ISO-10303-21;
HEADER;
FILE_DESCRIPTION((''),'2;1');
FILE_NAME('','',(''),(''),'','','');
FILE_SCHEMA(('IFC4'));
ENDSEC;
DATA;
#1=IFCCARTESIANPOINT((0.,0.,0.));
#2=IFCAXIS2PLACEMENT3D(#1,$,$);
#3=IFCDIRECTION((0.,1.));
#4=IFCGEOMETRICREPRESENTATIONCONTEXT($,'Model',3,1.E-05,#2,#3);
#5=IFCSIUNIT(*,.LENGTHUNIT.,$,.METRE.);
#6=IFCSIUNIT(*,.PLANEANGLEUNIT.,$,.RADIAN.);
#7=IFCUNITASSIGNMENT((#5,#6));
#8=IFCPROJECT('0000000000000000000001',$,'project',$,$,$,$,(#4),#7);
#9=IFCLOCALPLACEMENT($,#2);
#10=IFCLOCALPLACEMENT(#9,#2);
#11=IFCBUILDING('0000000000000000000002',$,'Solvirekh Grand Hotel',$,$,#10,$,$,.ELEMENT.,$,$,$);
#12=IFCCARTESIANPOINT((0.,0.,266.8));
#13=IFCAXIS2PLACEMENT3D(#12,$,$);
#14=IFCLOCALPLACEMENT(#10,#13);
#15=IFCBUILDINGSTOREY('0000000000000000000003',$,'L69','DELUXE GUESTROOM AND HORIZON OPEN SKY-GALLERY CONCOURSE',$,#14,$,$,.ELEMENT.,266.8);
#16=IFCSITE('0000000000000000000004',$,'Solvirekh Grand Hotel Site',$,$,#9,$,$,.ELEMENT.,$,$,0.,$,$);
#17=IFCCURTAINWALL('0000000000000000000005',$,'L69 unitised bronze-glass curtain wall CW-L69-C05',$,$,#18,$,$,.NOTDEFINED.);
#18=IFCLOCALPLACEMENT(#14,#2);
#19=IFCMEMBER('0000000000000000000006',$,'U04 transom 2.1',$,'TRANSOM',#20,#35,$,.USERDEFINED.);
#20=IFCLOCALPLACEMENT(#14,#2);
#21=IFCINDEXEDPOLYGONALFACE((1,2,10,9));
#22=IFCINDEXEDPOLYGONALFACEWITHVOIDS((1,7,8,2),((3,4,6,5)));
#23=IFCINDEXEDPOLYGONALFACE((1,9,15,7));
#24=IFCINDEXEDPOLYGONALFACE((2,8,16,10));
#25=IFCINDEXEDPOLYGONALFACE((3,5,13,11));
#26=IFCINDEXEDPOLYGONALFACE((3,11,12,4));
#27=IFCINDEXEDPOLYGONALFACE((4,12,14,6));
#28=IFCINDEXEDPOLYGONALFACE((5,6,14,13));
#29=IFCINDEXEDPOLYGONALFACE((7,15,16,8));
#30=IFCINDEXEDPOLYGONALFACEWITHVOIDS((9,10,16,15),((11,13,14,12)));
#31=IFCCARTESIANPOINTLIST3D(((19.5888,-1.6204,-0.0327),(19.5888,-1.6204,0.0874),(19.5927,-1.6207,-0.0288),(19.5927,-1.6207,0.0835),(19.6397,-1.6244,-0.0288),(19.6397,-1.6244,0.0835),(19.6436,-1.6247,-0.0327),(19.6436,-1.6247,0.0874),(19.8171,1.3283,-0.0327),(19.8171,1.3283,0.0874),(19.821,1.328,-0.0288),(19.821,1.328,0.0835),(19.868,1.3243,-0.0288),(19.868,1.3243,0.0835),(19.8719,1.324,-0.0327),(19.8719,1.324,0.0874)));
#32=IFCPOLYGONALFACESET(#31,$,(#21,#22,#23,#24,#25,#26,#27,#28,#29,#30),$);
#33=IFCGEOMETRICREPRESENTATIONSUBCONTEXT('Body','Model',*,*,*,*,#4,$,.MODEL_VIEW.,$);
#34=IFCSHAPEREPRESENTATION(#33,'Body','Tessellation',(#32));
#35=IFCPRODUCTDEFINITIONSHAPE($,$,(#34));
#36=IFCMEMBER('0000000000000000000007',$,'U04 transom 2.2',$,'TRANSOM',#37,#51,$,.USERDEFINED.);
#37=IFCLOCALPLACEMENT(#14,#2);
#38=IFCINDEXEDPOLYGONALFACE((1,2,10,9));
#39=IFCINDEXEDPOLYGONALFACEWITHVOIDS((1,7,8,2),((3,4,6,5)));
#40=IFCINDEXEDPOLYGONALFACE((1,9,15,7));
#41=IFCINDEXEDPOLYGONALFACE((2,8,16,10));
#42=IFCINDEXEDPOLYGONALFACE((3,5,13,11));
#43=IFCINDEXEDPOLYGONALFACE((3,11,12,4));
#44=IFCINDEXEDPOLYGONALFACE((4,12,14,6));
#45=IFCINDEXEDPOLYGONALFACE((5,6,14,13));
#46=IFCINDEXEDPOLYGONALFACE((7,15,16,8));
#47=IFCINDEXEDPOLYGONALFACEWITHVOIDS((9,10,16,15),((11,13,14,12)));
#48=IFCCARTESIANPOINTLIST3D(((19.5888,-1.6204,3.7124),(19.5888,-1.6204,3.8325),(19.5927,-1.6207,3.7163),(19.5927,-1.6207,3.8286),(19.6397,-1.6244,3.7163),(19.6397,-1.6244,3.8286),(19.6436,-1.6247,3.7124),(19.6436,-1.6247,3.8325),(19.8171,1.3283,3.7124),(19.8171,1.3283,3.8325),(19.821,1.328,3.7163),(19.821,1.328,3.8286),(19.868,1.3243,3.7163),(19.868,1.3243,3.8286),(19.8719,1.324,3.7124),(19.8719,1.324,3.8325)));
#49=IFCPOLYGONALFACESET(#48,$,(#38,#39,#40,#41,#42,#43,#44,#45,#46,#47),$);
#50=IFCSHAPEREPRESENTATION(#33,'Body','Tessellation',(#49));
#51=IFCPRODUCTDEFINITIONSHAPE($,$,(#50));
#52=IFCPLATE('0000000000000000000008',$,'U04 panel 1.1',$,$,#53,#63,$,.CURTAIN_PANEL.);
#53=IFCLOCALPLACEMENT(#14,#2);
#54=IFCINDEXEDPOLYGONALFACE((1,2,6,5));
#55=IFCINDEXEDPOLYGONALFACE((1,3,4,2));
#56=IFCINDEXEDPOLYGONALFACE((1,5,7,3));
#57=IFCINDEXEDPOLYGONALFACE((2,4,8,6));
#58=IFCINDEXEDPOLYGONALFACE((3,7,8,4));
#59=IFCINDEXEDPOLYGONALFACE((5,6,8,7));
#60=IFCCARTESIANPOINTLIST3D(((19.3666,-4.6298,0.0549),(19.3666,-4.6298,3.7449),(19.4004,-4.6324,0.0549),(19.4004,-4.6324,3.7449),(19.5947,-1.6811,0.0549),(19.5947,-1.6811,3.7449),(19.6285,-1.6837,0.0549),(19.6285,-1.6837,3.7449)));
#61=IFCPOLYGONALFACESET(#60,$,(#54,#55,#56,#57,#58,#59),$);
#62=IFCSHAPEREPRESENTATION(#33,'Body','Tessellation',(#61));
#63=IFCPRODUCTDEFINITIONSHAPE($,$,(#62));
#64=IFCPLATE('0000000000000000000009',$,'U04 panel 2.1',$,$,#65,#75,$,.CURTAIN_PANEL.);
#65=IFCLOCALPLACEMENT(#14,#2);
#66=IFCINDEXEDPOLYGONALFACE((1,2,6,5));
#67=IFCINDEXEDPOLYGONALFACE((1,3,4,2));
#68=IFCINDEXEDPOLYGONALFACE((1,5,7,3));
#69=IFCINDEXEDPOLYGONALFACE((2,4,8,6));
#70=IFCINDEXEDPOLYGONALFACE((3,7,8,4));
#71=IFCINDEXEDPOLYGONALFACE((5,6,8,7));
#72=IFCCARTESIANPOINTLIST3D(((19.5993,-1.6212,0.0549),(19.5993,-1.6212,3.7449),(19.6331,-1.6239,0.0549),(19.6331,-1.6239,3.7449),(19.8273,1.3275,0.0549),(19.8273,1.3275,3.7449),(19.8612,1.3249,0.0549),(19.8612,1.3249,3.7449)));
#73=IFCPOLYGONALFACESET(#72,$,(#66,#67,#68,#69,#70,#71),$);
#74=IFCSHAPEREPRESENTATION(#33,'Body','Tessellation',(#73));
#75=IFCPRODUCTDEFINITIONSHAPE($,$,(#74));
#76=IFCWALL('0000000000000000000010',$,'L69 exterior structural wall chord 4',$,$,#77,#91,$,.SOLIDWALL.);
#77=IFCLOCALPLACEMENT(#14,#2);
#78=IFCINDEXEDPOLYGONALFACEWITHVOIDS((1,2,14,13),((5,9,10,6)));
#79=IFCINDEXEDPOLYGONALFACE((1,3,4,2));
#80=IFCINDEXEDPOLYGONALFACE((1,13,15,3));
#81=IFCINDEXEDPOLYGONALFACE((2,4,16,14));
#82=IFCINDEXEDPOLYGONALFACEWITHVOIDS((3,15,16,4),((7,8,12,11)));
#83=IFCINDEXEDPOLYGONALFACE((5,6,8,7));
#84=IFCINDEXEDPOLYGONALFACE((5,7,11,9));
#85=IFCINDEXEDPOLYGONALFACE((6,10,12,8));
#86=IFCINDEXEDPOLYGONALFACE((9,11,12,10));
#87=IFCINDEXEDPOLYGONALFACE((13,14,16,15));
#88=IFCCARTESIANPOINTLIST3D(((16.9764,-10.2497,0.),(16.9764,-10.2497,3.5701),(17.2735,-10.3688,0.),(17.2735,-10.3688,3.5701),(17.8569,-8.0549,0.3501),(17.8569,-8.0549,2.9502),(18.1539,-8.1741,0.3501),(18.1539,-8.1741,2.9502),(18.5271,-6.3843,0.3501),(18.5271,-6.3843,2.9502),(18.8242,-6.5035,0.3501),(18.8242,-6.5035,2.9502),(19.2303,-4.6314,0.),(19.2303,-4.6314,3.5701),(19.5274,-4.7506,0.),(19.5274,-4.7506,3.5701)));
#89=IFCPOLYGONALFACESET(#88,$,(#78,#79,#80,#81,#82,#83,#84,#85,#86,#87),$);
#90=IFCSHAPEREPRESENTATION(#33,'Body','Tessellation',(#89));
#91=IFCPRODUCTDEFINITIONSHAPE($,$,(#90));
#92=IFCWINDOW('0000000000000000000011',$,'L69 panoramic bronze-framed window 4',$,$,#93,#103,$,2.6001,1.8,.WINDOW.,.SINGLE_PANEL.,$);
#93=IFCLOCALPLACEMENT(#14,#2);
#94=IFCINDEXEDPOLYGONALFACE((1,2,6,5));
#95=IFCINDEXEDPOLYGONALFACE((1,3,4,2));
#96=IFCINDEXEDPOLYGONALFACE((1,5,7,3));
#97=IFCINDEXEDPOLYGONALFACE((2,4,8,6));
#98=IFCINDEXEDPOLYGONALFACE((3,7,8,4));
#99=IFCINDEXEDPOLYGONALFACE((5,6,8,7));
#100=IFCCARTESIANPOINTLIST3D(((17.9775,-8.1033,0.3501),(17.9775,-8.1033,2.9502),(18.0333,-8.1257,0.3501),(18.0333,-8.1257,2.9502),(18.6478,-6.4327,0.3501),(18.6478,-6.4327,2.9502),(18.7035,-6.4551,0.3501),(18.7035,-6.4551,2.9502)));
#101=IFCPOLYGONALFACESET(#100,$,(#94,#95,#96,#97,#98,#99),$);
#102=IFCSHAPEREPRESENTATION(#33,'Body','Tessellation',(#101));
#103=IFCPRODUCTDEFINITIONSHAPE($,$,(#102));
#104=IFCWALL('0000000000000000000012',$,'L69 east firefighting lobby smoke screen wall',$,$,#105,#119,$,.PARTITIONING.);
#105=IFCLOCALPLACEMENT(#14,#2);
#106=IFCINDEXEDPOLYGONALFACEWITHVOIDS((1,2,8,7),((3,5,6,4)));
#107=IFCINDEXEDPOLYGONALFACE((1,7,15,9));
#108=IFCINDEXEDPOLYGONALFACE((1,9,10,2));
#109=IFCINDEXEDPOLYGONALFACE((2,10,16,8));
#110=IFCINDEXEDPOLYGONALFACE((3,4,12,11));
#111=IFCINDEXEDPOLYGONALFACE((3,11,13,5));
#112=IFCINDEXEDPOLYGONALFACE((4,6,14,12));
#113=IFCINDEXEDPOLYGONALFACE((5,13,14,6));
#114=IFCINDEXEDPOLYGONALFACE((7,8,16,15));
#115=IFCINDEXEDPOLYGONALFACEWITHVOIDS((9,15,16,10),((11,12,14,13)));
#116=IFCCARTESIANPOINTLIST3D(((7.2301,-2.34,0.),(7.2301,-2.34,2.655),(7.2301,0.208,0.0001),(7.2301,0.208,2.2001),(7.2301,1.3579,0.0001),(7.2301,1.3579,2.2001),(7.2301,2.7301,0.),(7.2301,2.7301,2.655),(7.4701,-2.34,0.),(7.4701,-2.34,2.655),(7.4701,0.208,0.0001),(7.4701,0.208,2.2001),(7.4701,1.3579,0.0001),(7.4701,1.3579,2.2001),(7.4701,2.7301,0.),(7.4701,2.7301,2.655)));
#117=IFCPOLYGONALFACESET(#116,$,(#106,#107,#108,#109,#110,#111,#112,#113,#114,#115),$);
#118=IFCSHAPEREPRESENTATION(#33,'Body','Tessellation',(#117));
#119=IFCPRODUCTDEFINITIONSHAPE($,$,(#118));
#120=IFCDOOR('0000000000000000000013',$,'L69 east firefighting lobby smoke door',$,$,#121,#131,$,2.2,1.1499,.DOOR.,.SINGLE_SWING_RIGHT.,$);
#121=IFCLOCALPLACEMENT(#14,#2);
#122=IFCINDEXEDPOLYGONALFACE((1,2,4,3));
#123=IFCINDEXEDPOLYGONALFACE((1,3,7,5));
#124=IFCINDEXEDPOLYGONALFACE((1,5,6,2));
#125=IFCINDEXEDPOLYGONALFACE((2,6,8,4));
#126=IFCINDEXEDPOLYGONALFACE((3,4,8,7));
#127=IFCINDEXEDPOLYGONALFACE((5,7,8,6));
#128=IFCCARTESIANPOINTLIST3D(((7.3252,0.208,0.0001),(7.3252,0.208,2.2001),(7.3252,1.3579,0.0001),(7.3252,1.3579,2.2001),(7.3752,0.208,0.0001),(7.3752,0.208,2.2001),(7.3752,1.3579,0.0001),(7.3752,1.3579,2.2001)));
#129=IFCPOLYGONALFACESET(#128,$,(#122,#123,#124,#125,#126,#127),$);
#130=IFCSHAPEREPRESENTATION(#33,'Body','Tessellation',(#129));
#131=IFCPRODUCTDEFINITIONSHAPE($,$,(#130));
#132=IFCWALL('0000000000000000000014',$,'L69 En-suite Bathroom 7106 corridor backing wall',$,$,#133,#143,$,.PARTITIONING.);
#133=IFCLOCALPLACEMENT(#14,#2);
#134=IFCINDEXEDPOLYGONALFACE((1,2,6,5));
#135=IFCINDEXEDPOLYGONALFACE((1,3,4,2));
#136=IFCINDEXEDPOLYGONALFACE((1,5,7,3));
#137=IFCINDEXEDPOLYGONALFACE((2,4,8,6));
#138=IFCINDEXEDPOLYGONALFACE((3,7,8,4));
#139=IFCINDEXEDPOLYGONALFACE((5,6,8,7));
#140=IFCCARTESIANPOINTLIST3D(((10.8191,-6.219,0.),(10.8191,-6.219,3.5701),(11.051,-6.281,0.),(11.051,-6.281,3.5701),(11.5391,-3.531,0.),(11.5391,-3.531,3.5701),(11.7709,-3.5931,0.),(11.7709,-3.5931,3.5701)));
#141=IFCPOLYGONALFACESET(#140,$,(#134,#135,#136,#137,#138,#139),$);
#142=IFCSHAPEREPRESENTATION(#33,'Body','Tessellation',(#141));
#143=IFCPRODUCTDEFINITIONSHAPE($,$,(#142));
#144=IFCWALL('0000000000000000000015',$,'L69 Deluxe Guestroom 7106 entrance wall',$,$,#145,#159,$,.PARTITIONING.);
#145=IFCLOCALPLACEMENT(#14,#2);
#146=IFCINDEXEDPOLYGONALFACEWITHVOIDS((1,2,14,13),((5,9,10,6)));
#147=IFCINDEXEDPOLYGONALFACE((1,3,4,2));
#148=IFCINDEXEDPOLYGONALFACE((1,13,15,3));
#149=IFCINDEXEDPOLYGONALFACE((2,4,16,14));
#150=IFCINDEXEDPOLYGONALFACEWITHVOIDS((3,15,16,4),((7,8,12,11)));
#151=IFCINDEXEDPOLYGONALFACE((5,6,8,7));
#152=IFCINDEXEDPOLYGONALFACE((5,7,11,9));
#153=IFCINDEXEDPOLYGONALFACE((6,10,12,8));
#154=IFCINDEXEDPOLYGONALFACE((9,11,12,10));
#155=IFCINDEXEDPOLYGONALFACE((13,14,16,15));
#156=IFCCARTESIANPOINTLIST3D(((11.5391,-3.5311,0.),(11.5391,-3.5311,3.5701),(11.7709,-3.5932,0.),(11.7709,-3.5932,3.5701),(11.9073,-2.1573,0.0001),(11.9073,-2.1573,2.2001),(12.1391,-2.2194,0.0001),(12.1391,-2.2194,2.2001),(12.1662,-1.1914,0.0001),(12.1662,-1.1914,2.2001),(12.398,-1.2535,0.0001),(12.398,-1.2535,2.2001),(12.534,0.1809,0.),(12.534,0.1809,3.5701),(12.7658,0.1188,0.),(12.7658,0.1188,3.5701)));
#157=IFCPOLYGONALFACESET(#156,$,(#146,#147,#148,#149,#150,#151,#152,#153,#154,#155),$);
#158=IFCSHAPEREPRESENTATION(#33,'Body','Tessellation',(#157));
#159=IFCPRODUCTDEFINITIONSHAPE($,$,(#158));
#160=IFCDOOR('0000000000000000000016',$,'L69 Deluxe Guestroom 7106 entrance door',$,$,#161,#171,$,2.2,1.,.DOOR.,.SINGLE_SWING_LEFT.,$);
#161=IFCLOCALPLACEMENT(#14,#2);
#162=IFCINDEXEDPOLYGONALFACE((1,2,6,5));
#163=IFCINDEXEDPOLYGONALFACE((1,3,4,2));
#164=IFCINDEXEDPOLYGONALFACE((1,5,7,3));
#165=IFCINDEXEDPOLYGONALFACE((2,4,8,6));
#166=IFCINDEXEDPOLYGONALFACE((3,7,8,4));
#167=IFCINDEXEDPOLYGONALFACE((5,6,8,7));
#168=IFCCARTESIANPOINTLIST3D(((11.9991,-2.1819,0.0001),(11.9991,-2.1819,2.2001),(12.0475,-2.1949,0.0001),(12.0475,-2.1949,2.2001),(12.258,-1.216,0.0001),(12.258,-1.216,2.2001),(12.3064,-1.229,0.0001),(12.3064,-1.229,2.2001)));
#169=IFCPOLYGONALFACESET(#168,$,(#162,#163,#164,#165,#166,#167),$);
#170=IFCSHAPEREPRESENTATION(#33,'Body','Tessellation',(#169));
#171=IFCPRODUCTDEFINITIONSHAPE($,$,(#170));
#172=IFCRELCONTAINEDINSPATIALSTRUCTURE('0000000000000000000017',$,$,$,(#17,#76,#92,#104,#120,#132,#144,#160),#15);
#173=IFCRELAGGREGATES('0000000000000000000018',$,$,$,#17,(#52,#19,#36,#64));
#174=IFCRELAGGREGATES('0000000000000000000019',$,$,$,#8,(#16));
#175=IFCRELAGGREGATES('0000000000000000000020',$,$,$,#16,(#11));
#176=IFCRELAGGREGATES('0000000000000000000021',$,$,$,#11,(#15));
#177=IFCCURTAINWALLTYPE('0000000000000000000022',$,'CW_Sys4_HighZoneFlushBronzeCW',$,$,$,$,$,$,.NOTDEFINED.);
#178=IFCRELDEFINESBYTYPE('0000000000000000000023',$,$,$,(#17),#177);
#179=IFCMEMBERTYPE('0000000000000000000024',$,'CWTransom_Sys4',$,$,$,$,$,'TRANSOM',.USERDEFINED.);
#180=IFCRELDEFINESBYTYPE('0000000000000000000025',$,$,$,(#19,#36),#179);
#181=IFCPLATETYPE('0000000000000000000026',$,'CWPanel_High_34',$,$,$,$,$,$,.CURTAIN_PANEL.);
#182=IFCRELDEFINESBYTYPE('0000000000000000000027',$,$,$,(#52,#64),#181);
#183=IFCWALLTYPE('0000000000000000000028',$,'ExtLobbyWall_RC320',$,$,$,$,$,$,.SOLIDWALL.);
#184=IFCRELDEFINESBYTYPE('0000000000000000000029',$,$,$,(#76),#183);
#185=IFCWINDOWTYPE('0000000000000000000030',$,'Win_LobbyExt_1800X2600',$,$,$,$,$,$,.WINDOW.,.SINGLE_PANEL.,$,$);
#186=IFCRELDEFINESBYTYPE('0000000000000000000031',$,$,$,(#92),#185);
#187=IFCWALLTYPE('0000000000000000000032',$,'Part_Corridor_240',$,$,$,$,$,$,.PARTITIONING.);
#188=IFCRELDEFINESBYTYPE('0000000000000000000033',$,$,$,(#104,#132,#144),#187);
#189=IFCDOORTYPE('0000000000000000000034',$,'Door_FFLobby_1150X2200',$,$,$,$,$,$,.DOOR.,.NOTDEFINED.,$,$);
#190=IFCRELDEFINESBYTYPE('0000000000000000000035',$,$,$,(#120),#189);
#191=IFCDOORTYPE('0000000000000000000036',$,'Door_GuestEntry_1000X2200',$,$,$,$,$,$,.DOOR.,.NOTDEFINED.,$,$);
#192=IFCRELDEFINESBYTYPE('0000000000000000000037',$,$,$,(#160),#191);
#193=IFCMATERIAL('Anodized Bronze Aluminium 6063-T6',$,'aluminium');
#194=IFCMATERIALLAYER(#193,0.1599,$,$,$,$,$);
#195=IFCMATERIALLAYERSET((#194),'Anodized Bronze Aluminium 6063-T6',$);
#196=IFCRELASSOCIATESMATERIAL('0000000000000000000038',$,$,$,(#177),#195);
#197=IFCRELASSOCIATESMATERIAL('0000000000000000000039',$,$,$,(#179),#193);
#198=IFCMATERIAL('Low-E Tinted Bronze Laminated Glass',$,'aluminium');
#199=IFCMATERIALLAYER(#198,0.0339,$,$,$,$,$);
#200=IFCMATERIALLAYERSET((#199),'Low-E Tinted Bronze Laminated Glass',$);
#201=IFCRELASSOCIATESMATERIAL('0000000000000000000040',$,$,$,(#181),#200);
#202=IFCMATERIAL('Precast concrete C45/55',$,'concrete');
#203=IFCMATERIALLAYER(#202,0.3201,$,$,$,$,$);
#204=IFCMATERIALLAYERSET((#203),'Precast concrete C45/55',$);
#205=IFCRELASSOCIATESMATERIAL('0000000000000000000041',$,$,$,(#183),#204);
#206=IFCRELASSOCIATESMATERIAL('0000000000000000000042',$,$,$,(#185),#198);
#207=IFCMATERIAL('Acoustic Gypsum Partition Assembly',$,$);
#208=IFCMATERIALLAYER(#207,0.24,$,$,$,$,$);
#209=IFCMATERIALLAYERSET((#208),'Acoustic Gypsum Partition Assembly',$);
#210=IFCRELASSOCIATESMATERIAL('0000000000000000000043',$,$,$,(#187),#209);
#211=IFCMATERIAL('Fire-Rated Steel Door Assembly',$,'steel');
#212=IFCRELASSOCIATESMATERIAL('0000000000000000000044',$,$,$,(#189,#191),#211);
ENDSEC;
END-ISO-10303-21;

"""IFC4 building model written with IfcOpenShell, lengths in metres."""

from ifc_helpers import new_model, si_unit, direction, frame, frame_2d, origin, origin_2d, place, context, subcontext, project, spatial, rectangle, hollow_rectangle, extrude, source, transform, mapped, material, layer, layer_set, material_profile, profile_set, type_object, element, fill, aggregate, save


model = new_model("IFC4")

# Units and contexts
model_context = context("Model", 3, precision=1e-05, world=origin(), true_north=direction((0.0, 1.0)))
body_context = subcontext(model_context, "Body", "Model", "MODEL_VIEW")
ifc_project = project(units=[si_unit("LENGTHUNIT", "METRE"), si_unit("PLANEANGLEUNIT", "RADIAN")], contexts=[model_context])

# Site, building, storey
site_placement = place(None, origin())
site = spatial("IfcSite", under=ifc_project, at=site_placement, Name="Solvirekh Grand Hotel Site", CompositionType="ELEMENT", RefElevation=0.0)
building_placement = place(site_placement, origin())
building = spatial("IfcBuilding", under=site, at=building_placement, Name="Solvirekh Grand Hotel", CompositionType="ELEMENT")
storey_placement = place(building_placement, frame((0.0, 0.0, 266.8)))
storey = spatial("IfcBuildingStorey", under=building, at=storey_placement, Name="L69", Description="DELUXE GUESTROOM AND HORIZON OPEN SKY-GALLERY CONCOURSE", CompositionType="ELEMENT", Elevation=266.8)

# Curtain wall, members, plates
ifc_material_1 = material(Name="Anodized Bronze Aluminium 6063-T6", Category="aluminium")
ifc_layer_1 = layer(ifc_material_1, 0.1599)
ifc_layer_set_1 = layer_set([ifc_layer_1], Name="Anodized Bronze Aluminium 6063-T6")
curtain_wall_type = type_object("IfcCurtainWallType", Name="CW_Sys4_HighZoneFlushBronzeCW", PredefinedType="NOTDEFINED", material=ifc_layer_set_1)
curtain_wall_placement = place(storey_placement, origin())
curtain_wall = element("IfcCurtainWall", 1, at=curtain_wall_placement, inside=storey, type_object=curtain_wall_type, Name="L69 unitised bronze-glass curtain wall CW-L69-C05", PredefinedType="NOTDEFINED")
ifc_material_profile_1 = material_profile(ifc_material_1, hollow_rectangle(XDim=0.0549, YDim=0.1201, WallThickness=0.0039, at=origin_2d()), Name="ALU RHS 120X55X4")
ifc_profile_set_1 = profile_set([ifc_material_profile_1], Name="Anodized Bronze Aluminium 6063-T6")
member_type_1 = type_object("IfcMemberType", Name="CWTransom_Sys4", ElementType="TRANSOM", PredefinedType="USERDEFINED", material=ifc_profile_set_1)
shared_shape_1 = source(origin(), body_context, "Body", "SweptSolid", [
    extrude(hollow_rectangle(XDim=0.0549, YDim=0.1201, WallThickness=0.0039, at=origin_2d()), origin(), (0.0, 0.0, 1.0), 2.9575),
])
member_1_placement = place(storey_placement, frame((19.6162, -1.6226, 0.0273), z_axis=(0.077183, 0.997017, 0.0), x_axis=(-0.997017, 0.077183, 0.0)))
member_1 = element("IfcMember", 2, at=member_1_placement, type_object=member_type_1, Name="U04 transom 2.1", ObjectType="TRANSOM", PredefinedType="USERDEFINED", context=body_context, shape_type="MappedRepresentation", body=[
    mapped(shared_shape_1, transform((0.0, 0.0, 0.0), x_axis=(1.0, 0.0, 0.0), y_axis=(0.0, 1.0, 0.0), z_axis=(0.0, 0.0, 1.0), scale=1.0)),
])
member_2_placement = place(storey_placement, frame((19.6162, -1.6226, 3.7725), z_axis=(0.077183, 0.997017, 0.0), x_axis=(-0.997017, 0.077183, 0.0)))
member_2 = element("IfcMember", 3, at=member_2_placement, type_object=member_type_1, Name="U04 transom 2.2", ObjectType="TRANSOM", PredefinedType="USERDEFINED", context=body_context, shape_type="MappedRepresentation", body=[
    mapped(shared_shape_1, transform((0.0, 0.0, 0.0), x_axis=(1.0, 0.0, 0.0), y_axis=(0.0, 1.0, 0.0), z_axis=(0.0, 0.0, 1.0), scale=1.0)),
])
ifc_material_2 = material(Name="Low-E Tinted Bronze Laminated Glass", Category="aluminium")
ifc_layer_2 = layer(ifc_material_2, 0.0339)
ifc_layer_set_2 = layer_set([ifc_layer_2], Name="Low-E Tinted Bronze Laminated Glass")
plate_type = type_object("IfcPlateType", Name="CWPanel_High_34", PredefinedType="CURTAIN_PANEL", material=ifc_layer_set_2)
shared_shape_2 = source(origin(), body_context, "Body", "SweptSolid", [
    extrude(rectangle(XDim=2.9575, YDim=0.0339, at=origin_2d()), origin(), (0.0, 0.0, 1.0), 3.6899),
])
plate_1_placement = place(storey_placement, frame((19.4976, -3.1567, 0.0549), z_axis=(0.0, 0.0, 1.0), x_axis=(0.077111, 0.997023, 0.0)))
plate_1 = element("IfcPlate", 4, at=plate_1_placement, type_object=plate_type, Name="U04 panel 1.1", PredefinedType="CURTAIN_PANEL", context=body_context, shape_type="MappedRepresentation", body=[
    mapped(shared_shape_2, transform((0.0, 0.0, 0.0), x_axis=(1.0, 0.0, 0.0), y_axis=(0.0, 1.0, 0.0), z_axis=(0.0, 0.0, 1.0), scale=1.0)),
])
plate_2_placement = place(storey_placement, frame((19.7302, -0.1482, 0.0549), z_axis=(0.0, 0.0, 1.0), x_axis=(0.077111, 0.997023, 0.0)))
plate_2 = element("IfcPlate", 5, at=plate_2_placement, type_object=plate_type, Name="U04 panel 2.1", PredefinedType="CURTAIN_PANEL", context=body_context, shape_type="MappedRepresentation", body=[
    mapped(shared_shape_2, transform((0.0, 0.0, 0.0), x_axis=(1.0, 0.0, 0.0), y_axis=(0.0, 1.0, 0.0), z_axis=(0.0, 0.0, 1.0), scale=1.0)),
])
aggregate(curtain_wall, [plate_1, member_1, member_2, plate_2])

# Wall, opening, window
ifc_material_3 = material(Name="Precast concrete C45/55", Category="concrete")
ifc_layer_3 = layer(ifc_material_3, 0.3201)
ifc_layer_set_3 = layer_set([ifc_layer_3], Name="Precast concrete C45/55")
wall_type_1 = type_object("IfcWallType", Name="ExtLobbyWall_RC320", PredefinedType="SOLIDWALL", material=ifc_layer_set_3)
wall_1_placement = place(storey_placement, frame((19.3789, -4.6909, 0.0), z_axis=(0.0, 0.0, 1.0), x_axis=(-0.372336, -0.928098, 0.0)))
wall_1 = element("IfcWall", 6, at=wall_1_placement, inside=storey, type_object=wall_type_1, Name="L69 exterior structural wall chord 4", PredefinedType="SOLIDWALL", context=body_context, shape_type="SweptSolid", body=[
    extrude(rectangle(XDim=6.0535, YDim=0.3201, at=frame_2d((3.0269, 0.0))), origin(), (0.0, 0.0, 1.0), 3.5701),
])
opening_1_placement = place(wall_1_placement, frame((1.8889, 0.0, 0.3501)))
opening_1 = element("IfcOpeningElement", 7, at=opening_1_placement, cuts=wall_1, PredefinedType="OPENING", context=body_context, shape_type="SweptSolid", body=[
    extrude(rectangle(XDim=1.8, YDim=2.6001, at=frame_2d((0.8999, 1.3))), frame((0.0, 0.1699, 0.0), z_axis=(0.0, -1.0, 0.0), x_axis=(1.0, 0.0, 0.0)), (0.0, 0.0, 1.0), 0.3401),
])
window_type = type_object("IfcWindowType", Name="Win_LobbyExt_1800X2600", PartitioningType="SINGLE_PANEL", PredefinedType="WINDOW", material=ifc_material_2)
window_placement = place(opening_1_placement, origin())
window = element("IfcWindow", 8, at=window_placement, inside=storey, type_object=window_type, Name="L69 panoramic bronze-framed window 4", OverallHeight=2.6001, OverallWidth=1.8, PartitioningType="SINGLE_PANEL", PredefinedType="WINDOW", context=body_context, shape_type="SweptSolid", body=[
    extrude(rectangle(XDim=1.8, YDim=2.6001, at=frame_2d((0.8999, 1.3))), frame((0.0, 0.03, 0.0), z_axis=(0.0, -1.0, 0.0), x_axis=(1.0, 0.0, 0.0)), (0.0, 0.0, 1.0), 0.0601),
])
fill(opening_1, window)

# Wall, opening, door
ifc_material_4 = material(Name="Acoustic Gypsum Partition Assembly")
ifc_layer_4 = layer(ifc_material_4, 0.24)
ifc_layer_set_4 = layer_set([ifc_layer_4], Name="Acoustic Gypsum Partition Assembly")
wall_type_2 = type_object("IfcWallType", Name="Part_Corridor_240", PredefinedType="PARTITIONING", material=ifc_layer_set_4)
wall_2_placement = place(storey_placement, frame((7.3501, -2.3401, 0.0), z_axis=(0.0, 0.0, 1.0), x_axis=(0.0, 1.0, 0.0)))
wall_2 = element("IfcWall", 9, at=wall_2_placement, inside=storey, type_object=wall_type_2, Name="L69 east firefighting lobby smoke screen wall", PredefinedType="PARTITIONING", context=body_context, shape_type="SweptSolid", body=[
    extrude(rectangle(XDim=5.0701, YDim=0.24, at=frame_2d((2.5352, 0.0))), origin(), (0.0, 0.0, 1.0), 2.655),
])
opening_2_placement = place(wall_2_placement, frame((2.5481, 0.0, 0.0)))
opening_2 = element("IfcOpeningElement", 10, at=opening_2_placement, cuts=wall_2, PredefinedType="OPENING", context=body_context, shape_type="SweptSolid", body=[
    extrude(rectangle(XDim=1.1499, YDim=2.2, at=frame_2d((0.575, 1.1001))), frame((0.0, 0.1299, 0.0), z_axis=(0.0, -1.0, 0.0), x_axis=(1.0, 0.0, 0.0)), (0.0, 0.0, 1.0), 0.26),
])
ifc_material_5 = material(Name="Fire-Rated Steel Door Assembly", Category="steel")
door_type_1 = type_object("IfcDoorType", Name="Door_FFLobby_1150X2200", OperationType="NOTDEFINED", PredefinedType="DOOR", material=ifc_material_5)
door_1_placement = place(opening_2_placement, origin())
door_1 = element("IfcDoor", 11, at=door_1_placement, inside=storey, type_object=door_type_1, Name="L69 east firefighting lobby smoke door", OperationType="SINGLE_SWING_RIGHT", OverallHeight=2.2, OverallWidth=1.1499, PredefinedType="DOOR", context=body_context, shape_type="SweptSolid", body=[
    extrude(rectangle(XDim=1.1499, YDim=2.2, at=frame_2d((0.575, 1.1001))), frame((0.0, 0.0249, 0.0), z_axis=(0.0, -1.0, 0.0), x_axis=(1.0, 0.0, 0.0)), (0.0, 0.0, 1.0), 0.05),
])
fill(opening_2, door_1)

# Wall
wall_3_placement = place(storey_placement, frame((10.9351, -6.25, 0.0), z_axis=(0.0, 0.0, 1.0), x_axis=(0.258727, 0.96595, 0.0)))
element("IfcWall", 12, at=wall_3_placement, inside=storey, type_object=wall_type_2, Name="L69 En-suite Bathroom 7106 corridor backing wall", PredefinedType="PARTITIONING", context=body_context, shape_type="SweptSolid", body=[
    extrude(rectangle(XDim=2.7827, YDim=0.24, at=frame_2d((1.3914, 0.0))), origin(), (0.0, 0.0, 1.0), 3.5701),
])

# Wall, opening, door
wall_4_placement = place(storey_placement, frame((11.655, -3.562, 0.0), z_axis=(0.0, 0.0, 1.0), x_axis=(0.258884, 0.965908, 0.0)))
wall_4 = element("IfcWall", 13, at=wall_4_placement, inside=storey, type_object=wall_type_2, Name="L69 Deluxe Guestroom 7106 entrance wall", PredefinedType="PARTITIONING", context=body_context, shape_type="SweptSolid", body=[
    extrude(rectangle(XDim=3.843, YDim=0.24, at=frame_2d((1.9214, 0.0))), origin(), (0.0, 0.0, 1.0), 3.5701),
])
opening_3_placement = place(wall_4_placement, frame((1.4221, 0.0, 0.0)))
opening_3 = element("IfcOpeningElement", 14, at=opening_3_placement, cuts=wall_4, PredefinedType="OPENING", context=body_context, shape_type="SweptSolid", body=[
    extrude(rectangle(XDim=1.0, YDim=2.2, at=frame_2d((0.5, 1.1001))), frame((0.0, 0.1299, 0.0), z_axis=(0.0, -1.0, 0.0), x_axis=(1.0, 0.0, 0.0)), (0.0, 0.0, 1.0), 0.26),
])
door_type_2 = type_object("IfcDoorType", Name="Door_GuestEntry_1000X2200", OperationType="NOTDEFINED", PredefinedType="DOOR", material=ifc_material_5)
door_2_placement = place(opening_3_placement, origin())
door_2 = element("IfcDoor", 15, at=door_2_placement, inside=storey, type_object=door_type_2, Name="L69 Deluxe Guestroom 7106 entrance door", OperationType="SINGLE_SWING_LEFT", OverallHeight=2.2, OverallWidth=1.0, PredefinedType="DOOR", context=body_context, shape_type="SweptSolid", body=[
    extrude(rectangle(XDim=1.0, YDim=2.2, at=frame_2d((0.5, 1.1001))), frame((0.0, 0.0249, 0.0), z_axis=(0.0, -1.0, 0.0), x_axis=(1.0, 0.0, 0.0)), (0.0, 0.0, 1.0), 0.05),
])
fill(opening_3, door_2)

save(model, "model.ifc")
